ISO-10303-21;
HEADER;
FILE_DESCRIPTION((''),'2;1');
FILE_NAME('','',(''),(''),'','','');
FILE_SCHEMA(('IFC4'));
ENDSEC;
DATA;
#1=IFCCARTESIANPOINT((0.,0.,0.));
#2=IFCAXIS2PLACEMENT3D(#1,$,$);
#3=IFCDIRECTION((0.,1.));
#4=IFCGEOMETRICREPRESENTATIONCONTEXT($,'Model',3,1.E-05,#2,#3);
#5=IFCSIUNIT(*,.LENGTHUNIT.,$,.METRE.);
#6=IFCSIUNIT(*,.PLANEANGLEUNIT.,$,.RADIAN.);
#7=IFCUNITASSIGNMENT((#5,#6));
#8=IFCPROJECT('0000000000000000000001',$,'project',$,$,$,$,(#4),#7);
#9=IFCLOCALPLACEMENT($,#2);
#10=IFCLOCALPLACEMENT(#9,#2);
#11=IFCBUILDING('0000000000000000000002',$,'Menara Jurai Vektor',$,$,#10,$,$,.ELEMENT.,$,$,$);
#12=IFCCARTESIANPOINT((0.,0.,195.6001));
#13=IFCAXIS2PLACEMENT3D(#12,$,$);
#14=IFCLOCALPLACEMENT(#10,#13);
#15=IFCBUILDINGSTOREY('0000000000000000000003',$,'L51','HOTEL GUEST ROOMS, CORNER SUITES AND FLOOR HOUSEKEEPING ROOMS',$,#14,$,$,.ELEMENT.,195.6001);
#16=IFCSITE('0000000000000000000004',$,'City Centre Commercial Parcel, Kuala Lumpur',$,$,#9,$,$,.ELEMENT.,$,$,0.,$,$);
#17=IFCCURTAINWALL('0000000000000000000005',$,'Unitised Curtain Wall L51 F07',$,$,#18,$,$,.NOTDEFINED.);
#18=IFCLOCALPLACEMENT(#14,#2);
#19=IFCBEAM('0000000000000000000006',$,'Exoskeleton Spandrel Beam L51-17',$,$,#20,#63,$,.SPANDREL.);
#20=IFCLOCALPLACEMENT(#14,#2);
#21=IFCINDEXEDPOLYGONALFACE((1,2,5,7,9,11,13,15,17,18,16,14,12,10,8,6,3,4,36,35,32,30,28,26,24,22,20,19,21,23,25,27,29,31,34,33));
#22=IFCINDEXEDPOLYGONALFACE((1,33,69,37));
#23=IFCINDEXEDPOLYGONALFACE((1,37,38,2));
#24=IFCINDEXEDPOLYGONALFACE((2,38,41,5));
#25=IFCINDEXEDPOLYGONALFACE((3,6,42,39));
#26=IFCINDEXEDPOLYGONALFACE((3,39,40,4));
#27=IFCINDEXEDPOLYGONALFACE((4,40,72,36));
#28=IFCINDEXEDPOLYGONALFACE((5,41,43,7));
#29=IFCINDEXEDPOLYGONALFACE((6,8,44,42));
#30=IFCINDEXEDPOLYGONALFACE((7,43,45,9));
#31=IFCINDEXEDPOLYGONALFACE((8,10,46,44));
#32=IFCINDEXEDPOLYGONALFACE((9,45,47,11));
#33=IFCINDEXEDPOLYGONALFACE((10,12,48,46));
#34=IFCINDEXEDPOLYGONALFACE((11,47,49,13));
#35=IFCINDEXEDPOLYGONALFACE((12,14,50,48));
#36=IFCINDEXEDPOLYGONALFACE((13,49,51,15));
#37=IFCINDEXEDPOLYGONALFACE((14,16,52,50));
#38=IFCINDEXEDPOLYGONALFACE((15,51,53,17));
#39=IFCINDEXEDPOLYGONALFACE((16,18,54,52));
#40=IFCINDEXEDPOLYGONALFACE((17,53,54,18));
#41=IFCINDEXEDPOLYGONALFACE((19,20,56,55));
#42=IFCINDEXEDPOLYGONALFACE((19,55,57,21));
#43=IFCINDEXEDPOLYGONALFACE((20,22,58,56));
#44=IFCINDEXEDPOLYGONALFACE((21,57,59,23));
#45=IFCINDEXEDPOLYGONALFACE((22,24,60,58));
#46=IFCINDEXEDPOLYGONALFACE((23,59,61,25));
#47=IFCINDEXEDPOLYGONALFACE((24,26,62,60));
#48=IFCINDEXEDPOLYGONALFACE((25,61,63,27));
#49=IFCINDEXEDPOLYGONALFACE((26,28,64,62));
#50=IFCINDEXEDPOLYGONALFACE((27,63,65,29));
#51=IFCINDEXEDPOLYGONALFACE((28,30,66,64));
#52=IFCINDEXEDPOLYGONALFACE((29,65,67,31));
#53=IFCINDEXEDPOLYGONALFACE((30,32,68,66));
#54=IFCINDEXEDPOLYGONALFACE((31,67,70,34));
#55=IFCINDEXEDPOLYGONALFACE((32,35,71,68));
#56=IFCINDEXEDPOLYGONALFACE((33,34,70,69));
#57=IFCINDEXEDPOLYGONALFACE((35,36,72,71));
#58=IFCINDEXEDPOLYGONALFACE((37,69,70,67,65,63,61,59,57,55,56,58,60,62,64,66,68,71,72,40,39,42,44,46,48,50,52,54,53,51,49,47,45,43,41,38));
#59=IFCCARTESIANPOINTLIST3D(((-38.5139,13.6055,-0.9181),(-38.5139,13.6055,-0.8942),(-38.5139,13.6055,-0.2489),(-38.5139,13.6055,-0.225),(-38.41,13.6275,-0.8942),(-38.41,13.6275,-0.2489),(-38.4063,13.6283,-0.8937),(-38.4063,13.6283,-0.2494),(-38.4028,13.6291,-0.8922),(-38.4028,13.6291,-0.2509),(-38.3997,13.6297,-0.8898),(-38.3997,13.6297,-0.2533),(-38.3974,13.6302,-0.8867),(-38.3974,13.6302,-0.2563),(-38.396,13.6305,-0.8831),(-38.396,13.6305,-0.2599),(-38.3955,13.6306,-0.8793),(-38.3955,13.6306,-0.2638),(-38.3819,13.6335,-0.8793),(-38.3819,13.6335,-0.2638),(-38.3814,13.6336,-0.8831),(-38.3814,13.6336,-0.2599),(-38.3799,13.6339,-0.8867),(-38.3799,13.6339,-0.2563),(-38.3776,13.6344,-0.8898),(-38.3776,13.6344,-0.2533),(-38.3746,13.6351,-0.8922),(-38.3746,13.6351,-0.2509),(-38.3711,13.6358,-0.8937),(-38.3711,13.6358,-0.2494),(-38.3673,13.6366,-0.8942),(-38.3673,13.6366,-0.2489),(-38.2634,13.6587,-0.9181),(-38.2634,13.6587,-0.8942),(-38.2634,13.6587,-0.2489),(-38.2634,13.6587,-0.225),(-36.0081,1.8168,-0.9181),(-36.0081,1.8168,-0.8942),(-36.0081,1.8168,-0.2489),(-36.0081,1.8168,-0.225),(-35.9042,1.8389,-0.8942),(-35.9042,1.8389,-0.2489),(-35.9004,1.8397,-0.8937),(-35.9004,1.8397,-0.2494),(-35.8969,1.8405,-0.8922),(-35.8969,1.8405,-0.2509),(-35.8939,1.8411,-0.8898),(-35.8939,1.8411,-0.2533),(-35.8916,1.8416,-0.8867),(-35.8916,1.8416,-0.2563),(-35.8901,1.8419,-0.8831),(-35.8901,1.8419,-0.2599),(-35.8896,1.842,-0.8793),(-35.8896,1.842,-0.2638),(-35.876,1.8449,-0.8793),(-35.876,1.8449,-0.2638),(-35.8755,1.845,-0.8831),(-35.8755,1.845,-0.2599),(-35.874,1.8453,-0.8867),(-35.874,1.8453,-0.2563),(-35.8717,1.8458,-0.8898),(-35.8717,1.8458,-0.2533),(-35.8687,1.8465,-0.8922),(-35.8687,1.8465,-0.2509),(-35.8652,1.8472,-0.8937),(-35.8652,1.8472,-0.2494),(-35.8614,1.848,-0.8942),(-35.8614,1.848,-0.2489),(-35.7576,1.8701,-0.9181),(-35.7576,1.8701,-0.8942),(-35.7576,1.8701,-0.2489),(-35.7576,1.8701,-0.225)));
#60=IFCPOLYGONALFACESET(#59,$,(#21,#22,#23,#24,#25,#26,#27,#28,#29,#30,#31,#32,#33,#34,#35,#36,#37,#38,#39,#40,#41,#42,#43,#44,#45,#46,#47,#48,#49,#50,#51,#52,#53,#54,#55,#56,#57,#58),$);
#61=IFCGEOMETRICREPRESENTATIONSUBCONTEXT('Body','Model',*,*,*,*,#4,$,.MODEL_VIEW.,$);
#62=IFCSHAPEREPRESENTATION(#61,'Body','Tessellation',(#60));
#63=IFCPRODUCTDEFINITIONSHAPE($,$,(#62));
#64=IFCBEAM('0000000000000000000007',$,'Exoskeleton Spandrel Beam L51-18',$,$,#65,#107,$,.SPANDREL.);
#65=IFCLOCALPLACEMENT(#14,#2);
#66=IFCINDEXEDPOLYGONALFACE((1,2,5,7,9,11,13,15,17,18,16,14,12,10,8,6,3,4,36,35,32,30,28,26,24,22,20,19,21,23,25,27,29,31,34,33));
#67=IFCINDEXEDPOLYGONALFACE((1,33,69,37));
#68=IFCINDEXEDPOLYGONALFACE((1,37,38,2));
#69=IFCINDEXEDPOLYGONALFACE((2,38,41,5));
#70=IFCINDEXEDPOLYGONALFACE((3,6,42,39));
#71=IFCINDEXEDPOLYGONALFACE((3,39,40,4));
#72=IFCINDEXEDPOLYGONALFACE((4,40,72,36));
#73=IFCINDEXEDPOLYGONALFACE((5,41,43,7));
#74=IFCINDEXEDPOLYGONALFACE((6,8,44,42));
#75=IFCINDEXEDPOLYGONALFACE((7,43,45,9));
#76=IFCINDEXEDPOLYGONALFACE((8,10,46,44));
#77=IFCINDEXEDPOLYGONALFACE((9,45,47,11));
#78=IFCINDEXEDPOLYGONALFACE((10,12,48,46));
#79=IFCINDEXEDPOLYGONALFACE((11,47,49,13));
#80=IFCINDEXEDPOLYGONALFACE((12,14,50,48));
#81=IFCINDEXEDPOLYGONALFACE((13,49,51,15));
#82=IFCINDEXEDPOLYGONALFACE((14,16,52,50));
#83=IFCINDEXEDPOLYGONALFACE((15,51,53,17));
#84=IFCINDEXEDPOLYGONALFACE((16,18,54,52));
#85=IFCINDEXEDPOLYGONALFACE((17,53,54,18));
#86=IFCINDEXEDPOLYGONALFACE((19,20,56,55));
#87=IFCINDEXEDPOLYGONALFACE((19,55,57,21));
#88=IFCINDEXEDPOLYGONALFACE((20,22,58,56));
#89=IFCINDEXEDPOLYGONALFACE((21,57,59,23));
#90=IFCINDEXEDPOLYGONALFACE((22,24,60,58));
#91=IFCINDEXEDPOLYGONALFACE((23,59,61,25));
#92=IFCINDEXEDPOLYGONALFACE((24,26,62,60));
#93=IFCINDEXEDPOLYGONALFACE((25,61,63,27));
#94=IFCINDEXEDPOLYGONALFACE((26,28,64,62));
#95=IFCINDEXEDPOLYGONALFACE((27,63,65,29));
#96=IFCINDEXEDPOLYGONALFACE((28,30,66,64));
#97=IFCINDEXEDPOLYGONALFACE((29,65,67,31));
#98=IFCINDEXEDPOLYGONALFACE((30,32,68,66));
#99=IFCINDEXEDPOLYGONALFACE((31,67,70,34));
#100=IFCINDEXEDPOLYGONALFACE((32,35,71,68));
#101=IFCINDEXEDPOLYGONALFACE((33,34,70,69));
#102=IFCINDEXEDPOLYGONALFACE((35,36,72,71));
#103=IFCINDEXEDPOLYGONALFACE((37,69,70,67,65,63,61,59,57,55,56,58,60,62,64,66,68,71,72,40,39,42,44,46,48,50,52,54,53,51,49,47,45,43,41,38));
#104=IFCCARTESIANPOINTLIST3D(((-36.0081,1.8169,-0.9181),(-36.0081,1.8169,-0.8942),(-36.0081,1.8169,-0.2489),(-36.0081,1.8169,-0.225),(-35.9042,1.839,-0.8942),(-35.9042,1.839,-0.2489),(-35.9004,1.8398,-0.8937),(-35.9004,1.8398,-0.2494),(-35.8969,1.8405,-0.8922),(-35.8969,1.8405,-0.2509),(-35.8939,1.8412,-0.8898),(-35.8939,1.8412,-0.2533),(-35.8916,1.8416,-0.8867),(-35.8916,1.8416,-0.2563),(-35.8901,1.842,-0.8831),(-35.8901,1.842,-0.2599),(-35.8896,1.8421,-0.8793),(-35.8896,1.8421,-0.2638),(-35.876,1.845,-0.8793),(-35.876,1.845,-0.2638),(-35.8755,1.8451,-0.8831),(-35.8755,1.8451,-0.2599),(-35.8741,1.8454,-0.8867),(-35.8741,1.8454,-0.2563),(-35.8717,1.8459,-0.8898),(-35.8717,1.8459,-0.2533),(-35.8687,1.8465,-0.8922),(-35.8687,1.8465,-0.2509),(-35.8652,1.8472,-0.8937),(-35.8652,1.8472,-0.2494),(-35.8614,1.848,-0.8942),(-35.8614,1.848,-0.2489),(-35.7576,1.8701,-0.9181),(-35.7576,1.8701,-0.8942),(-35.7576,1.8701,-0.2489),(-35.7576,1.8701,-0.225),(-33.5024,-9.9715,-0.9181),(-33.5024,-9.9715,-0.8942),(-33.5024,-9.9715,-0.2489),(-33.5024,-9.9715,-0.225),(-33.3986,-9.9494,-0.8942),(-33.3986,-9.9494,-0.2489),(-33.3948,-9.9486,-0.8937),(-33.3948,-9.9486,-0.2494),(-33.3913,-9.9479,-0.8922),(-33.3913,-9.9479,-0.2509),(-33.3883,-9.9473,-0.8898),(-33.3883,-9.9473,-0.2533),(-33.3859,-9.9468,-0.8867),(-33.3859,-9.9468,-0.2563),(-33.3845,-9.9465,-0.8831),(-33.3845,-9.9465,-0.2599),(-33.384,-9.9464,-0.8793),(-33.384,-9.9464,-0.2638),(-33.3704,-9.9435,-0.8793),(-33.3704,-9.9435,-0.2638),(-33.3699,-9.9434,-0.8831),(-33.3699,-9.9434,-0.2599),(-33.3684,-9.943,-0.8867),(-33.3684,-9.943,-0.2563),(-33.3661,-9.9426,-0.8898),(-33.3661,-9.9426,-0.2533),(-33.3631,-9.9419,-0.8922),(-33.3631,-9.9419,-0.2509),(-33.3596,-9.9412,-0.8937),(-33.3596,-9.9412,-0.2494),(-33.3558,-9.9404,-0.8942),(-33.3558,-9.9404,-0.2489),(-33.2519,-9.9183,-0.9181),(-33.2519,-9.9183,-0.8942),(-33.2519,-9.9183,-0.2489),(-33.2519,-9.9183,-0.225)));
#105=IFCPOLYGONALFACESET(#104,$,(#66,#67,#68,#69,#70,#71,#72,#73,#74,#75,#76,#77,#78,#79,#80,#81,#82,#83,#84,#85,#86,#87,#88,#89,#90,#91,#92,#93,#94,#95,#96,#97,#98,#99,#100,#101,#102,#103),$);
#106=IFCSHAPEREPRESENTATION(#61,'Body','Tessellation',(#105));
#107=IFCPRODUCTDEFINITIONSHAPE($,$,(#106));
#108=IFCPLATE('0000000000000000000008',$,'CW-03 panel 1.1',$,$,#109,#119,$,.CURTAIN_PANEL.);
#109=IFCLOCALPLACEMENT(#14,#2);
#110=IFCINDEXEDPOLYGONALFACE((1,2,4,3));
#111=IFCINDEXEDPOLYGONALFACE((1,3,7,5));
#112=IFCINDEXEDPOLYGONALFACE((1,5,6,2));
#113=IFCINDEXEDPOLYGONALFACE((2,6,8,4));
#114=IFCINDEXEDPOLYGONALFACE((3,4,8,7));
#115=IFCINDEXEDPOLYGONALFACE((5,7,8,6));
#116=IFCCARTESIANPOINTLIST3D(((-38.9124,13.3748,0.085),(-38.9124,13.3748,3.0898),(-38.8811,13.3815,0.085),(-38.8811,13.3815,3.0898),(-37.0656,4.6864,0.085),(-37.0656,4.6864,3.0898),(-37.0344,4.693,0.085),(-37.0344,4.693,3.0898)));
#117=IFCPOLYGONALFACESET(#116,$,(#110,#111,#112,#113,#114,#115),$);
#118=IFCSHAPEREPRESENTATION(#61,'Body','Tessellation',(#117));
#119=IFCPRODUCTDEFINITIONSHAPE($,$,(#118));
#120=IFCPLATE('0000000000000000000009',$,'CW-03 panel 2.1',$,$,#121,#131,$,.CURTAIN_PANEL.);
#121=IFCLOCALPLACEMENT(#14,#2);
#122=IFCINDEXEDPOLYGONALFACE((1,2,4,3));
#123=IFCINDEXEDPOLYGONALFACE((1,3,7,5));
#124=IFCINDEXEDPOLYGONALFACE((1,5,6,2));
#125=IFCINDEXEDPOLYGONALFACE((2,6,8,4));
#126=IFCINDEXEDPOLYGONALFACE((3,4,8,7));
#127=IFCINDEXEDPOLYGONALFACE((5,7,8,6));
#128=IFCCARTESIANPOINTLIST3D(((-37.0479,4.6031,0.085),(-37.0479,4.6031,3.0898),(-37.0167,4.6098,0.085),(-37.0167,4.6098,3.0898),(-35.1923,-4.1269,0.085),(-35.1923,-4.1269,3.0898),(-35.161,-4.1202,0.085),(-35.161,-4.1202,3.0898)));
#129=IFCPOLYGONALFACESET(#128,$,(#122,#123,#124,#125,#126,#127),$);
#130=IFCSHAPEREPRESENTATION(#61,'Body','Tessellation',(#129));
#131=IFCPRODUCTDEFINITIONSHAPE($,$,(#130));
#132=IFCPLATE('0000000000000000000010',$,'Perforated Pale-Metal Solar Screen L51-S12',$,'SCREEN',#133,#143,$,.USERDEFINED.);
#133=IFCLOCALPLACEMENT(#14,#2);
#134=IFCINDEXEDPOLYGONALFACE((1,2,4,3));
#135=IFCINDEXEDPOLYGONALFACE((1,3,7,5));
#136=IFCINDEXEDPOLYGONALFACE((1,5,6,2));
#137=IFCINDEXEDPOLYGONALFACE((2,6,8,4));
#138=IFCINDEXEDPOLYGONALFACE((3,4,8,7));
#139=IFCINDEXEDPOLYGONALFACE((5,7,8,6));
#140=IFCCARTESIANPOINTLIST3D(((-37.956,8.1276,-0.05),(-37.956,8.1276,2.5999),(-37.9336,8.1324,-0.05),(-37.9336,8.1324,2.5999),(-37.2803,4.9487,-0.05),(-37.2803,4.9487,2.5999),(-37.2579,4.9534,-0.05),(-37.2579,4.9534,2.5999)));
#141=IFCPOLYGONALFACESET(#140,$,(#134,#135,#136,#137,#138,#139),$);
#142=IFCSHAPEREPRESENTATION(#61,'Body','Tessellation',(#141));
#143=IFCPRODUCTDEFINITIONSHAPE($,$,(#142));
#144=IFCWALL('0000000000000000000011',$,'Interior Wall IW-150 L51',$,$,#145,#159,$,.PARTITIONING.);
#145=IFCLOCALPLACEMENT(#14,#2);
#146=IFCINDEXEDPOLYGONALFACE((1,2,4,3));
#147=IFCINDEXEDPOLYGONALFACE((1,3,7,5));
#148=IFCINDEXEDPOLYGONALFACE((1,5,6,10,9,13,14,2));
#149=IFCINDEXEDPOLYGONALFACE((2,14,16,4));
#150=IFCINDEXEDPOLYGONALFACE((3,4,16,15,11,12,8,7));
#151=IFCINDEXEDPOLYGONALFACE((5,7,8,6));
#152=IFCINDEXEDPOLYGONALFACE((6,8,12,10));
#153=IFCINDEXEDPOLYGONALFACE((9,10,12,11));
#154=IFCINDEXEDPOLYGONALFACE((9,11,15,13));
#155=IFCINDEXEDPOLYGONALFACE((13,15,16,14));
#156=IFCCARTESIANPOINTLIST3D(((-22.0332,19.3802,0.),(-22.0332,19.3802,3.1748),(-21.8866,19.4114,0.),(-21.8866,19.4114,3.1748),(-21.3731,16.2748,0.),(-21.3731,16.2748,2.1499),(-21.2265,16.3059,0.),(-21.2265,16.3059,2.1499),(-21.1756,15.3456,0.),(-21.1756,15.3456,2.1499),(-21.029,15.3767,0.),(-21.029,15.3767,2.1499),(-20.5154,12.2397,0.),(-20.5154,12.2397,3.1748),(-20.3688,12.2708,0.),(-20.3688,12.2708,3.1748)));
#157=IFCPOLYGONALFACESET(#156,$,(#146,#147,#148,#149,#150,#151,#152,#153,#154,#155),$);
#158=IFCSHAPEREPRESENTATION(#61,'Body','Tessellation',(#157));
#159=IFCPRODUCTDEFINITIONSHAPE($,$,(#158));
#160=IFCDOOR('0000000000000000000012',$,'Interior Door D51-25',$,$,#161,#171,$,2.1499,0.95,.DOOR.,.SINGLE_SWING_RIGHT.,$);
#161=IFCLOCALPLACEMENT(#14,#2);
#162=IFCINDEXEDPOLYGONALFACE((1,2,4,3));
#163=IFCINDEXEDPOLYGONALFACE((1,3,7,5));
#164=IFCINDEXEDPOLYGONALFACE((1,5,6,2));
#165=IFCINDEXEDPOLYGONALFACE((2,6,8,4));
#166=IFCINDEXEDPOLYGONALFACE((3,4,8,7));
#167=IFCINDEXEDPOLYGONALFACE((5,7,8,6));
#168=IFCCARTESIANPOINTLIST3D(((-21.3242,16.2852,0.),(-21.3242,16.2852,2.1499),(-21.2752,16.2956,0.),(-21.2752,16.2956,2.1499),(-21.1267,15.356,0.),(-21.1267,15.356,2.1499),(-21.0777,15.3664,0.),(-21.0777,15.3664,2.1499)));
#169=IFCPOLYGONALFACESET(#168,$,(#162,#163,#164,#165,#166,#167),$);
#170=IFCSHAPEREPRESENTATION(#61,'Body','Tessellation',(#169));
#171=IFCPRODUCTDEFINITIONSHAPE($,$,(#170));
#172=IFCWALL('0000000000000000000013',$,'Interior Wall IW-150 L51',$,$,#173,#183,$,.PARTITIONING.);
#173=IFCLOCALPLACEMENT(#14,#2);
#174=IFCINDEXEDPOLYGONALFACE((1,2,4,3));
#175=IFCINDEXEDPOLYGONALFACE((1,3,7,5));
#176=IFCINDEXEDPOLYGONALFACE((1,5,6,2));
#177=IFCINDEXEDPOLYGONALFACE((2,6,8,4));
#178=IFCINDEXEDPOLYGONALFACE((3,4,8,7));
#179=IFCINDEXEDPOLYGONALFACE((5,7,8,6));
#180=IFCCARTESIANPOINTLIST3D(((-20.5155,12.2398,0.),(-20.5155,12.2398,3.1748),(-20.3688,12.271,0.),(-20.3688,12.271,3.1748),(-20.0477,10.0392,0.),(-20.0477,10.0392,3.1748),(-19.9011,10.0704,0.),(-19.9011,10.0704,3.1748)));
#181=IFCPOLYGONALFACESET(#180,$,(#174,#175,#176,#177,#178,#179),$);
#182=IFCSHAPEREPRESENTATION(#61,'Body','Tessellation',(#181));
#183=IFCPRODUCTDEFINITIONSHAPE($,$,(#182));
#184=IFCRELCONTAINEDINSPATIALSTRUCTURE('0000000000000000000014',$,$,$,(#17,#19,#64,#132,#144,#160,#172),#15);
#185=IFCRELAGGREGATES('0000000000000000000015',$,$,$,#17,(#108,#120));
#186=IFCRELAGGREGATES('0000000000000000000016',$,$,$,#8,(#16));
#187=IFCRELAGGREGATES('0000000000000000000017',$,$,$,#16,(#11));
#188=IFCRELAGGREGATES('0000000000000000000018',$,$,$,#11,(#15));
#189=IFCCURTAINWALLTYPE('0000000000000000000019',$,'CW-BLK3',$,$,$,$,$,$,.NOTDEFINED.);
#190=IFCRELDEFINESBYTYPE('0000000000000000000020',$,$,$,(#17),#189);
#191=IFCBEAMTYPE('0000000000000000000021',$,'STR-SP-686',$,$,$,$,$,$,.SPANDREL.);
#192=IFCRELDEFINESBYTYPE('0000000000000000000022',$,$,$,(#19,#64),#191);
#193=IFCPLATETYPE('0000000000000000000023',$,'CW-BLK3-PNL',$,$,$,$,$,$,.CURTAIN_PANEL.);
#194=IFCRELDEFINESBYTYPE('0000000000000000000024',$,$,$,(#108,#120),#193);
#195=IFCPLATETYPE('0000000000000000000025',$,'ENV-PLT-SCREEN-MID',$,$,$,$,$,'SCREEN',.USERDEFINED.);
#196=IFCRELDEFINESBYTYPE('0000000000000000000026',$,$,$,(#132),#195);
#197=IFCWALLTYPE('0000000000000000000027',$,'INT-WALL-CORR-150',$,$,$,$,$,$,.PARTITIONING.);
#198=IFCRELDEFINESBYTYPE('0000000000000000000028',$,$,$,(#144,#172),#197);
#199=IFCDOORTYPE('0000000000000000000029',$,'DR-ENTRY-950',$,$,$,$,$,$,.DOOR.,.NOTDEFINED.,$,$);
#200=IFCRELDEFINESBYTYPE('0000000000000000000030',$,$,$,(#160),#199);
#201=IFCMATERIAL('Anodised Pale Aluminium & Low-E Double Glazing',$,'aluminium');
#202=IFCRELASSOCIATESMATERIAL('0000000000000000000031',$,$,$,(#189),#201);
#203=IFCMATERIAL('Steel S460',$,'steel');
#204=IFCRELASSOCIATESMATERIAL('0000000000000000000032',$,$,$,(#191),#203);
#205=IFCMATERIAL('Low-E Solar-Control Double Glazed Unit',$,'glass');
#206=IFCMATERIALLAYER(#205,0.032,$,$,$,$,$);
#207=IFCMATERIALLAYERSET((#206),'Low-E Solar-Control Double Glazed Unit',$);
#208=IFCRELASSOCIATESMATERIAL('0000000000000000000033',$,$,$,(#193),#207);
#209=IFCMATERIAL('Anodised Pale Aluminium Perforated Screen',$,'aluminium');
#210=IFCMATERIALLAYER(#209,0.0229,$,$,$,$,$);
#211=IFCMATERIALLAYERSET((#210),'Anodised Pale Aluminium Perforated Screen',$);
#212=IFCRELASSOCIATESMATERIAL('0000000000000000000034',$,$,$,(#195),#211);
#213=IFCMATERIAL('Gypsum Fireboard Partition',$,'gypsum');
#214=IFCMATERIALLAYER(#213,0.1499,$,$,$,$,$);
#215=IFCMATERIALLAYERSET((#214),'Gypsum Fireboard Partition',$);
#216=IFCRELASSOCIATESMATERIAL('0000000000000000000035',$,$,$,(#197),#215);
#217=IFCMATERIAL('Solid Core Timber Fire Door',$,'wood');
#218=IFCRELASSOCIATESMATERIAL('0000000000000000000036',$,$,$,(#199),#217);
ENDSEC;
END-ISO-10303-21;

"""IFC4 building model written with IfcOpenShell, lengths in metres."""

from ifc_helpers import new_model, si_unit, direction, frame, frame_2d, origin, origin_2d, place, context, subcontext, project, spatial, rectangle, i_section, extrude, material, layer, layer_set, material_profile, profile_set, type_object, element, fill, aggregate, save


model = new_model("IFC4")

# Units and contexts
model_context = context("Model", 3, precision=1e-05, world=origin(), true_north=direction((0.0, 1.0)))
body_context = subcontext(model_context, "Body", "Model", "MODEL_VIEW")
ifc_project = project(units=[si_unit("LENGTHUNIT", "METRE"), si_unit("PLANEANGLEUNIT", "RADIAN")], contexts=[model_context])

# Site, building, storey
site_placement = place(None, origin())
site = spatial("IfcSite", under=ifc_project, at=site_placement, Name="City Centre Commercial Parcel, Kuala Lumpur", CompositionType="ELEMENT", RefElevation=0.0)
building_placement = place(site_placement, origin())
building = spatial("IfcBuilding", under=site, at=building_placement, Name="Menara Jurai Vektor", CompositionType="ELEMENT")
storey_placement = place(building_placement, frame((0.0, 0.0, 195.6001)))
storey = spatial("IfcBuildingStorey", under=building, at=storey_placement, Name="L51", Description="HOTEL GUEST ROOMS, CORNER SUITES AND FLOOR HOUSEKEEPING ROOMS", CompositionType="ELEMENT", Elevation=195.6001)

# Shared definitions
ifc_material_1 = material(Name="Steel S460", Category="steel")

# Curtain wall
ifc_material_2 = material(Name="Anodised Pale Aluminium & Low-E Double Glazing", Category="aluminium")
curtain_wall_type = type_object("IfcCurtainWallType", Name="CW-BLK3", PredefinedType="NOTDEFINED", material=ifc_material_2)
curtain_wall_placement = place(storey_placement, origin())
curtain_wall = element("IfcCurtainWall", 1, at=curtain_wall_placement, inside=storey, type_object=curtain_wall_type, Name="Unitised Curtain Wall L51 F07", PredefinedType="NOTDEFINED")

# Beams
ifc_material_profile_1 = material_profile(ifc_material_1, i_section(OverallWidth=0.2561, OverallDepth=0.6931, WebThickness=0.0139, FlangeThickness=0.0239, FilletRadius=0.0149, at=origin_2d()), Name="UKB 686x254x170")
ifc_profile_set_1 = profile_set([ifc_material_profile_1], Name="Steel S460")
beam_type_1 = type_object("IfcBeamType", Name="STR-SP-686", PredefinedType="SPANDREL", material=ifc_profile_set_1)
beam_1_placement = place(storey_placement, frame((-38.3887, 13.6321, -0.5715), z_axis=(0.207921, -0.978146, 0.0), x_axis=(0.978146, 0.207921, 0.0)))
element("IfcBeam", 2, at=beam_1_placement, inside=storey, type_object=beam_type_1, Name="Exoskeleton Spandrel Beam L51-17", PredefinedType="SPANDREL", context=body_context, shape_type="SweptSolid", body=[
    extrude(i_section(OverallWidth=0.2561, OverallDepth=0.6931, WebThickness=0.0139, FlangeThickness=0.0239, FilletRadius=0.0149, at=origin_2d()), origin(), (0.0, 0.0, 1.0), 12.052),
])
beam_2_placement = place(storey_placement, frame((-35.8828, 1.8435, -0.5715), z_axis=(0.207906, -0.978149, 0.0), x_axis=(0.978149, 0.207906, 0.0)))
element("IfcBeam", 3, at=beam_2_placement, inside=storey, type_object=beam_type_1, Name="Exoskeleton Spandrel Beam L51-18", PredefinedType="SPANDREL", context=body_context, shape_type="SweptSolid", body=[
    extrude(i_section(OverallWidth=0.2561, OverallDepth=0.6931, WebThickness=0.0139, FlangeThickness=0.0239, FilletRadius=0.0149, at=origin_2d()), origin(), (0.0, 0.0, 1.0), 12.0518),
])

# Plates
ifc_material_3 = material(Name="Low-E Solar-Control Double Glazed Unit", Category="glass")
ifc_layer_1 = layer(ifc_material_3, 0.032)
ifc_layer_set_1 = layer_set([ifc_layer_1], Name="Low-E Solar-Control Double Glazed Unit")
plate_type_1 = type_object("IfcPlateType", Name="CW-BLK3-PNL", PredefinedType="CURTAIN_PANEL", material=ifc_layer_set_1)
plate_1_placement = place(storey_placement, frame((-37.9734, 9.0339, 0.085), z_axis=(0.0, 0.0, 1.0), x_axis=(0.20791, -0.978148, 0.0)))
plate_1 = element("IfcPlate", 4, at=plate_1_placement, type_object=plate_type_1, Name="CW-03 panel 1.1", PredefinedType="CURTAIN_PANEL", context=body_context, shape_type="SweptSolid", body=[
    extrude(rectangle(XDim=8.8826, YDim=0.032, at=origin_2d()), origin(), (0.0, 0.0, 1.0), 3.0049),
])
plate_2_placement = place(storey_placement, frame((-36.1045, 0.2415, 0.085), z_axis=(0.0, 0.0, 1.0), x_axis=(0.20791, -0.978148, 0.0)))
plate_2 = element("IfcPlate", 5, at=plate_2_placement, type_object=plate_type_1, Name="CW-03 panel 2.1", PredefinedType="CURTAIN_PANEL", context=body_context, shape_type="SweptSolid", body=[
    extrude(rectangle(XDim=8.925, YDim=0.032, at=origin_2d()), origin(), (0.0, 0.0, 1.0), 3.0049),
])
aggregate(curtain_wall, [plate_1, plate_2])
ifc_material_4 = material(Name="Anodised Pale Aluminium Perforated Screen", Category="aluminium")
ifc_layer_2 = layer(ifc_material_4, 0.0229)
ifc_layer_set_2 = layer_set([ifc_layer_2], Name="Anodised Pale Aluminium Perforated Screen")
plate_type_2 = type_object("IfcPlateType", Name="ENV-PLT-SCREEN-MID", ElementType="SCREEN", PredefinedType="USERDEFINED", material=ifc_layer_set_2)
plate_3_placement = place(storey_placement, frame((-37.6069, 6.5405, -0.05), z_axis=(0.0, 0.0, 1.0), x_axis=(0.207912, -0.978148, 0.0)))
element("IfcPlate", 6, at=plate_3_placement, inside=storey, type_object=plate_type_2, Name="Perforated Pale-Metal Solar Screen L51-S12", ObjectType="SCREEN", PredefinedType="USERDEFINED", context=body_context, shape_type="SweptSolid", body=[
    extrude(rectangle(XDim=3.25, YDim=0.0229, at=origin_2d()), origin(), (0.0, 0.0, 1.0), 2.6499),
])

# Wall, opening, door
ifc_material_5 = material(Name="Gypsum Fireboard Partition", Category="gypsum")
ifc_layer_3 = layer(ifc_material_5, 0.1499)
ifc_layer_set_3 = layer_set([ifc_layer_3], Name="Gypsum Fireboard Partition")
wall_type_1 = type_object("IfcWallType", Name="INT-WALL-CORR-150", PredefinedType="PARTITIONING", material=ifc_layer_set_3)
wall_1_placement = place(storey_placement, frame((-20.4421, 12.2554, 0.0), z_axis=(0.0, 0.0, 1.0), x_axis=(-0.207916, 0.978147, 0.0)))
wall_1 = element("IfcWall", 7, at=wall_1_placement, inside=storey, type_object=wall_type_1, Name="Interior Wall IW-150 L51", PredefinedType="PARTITIONING", context=body_context, shape_type="SweptSolid", body=[
    extrude(rectangle(XDim=7.3, YDim=0.1499, at=frame_2d((3.6499, 0.0))), origin(), (0.0, 0.0, 1.0), 3.1748),
])
opening_1_placement = place(wall_1_placement, frame((3.175, 0.0, 0.0)))
opening_1 = element("IfcOpeningElement", 8, at=opening_1_placement, cuts=wall_1, PredefinedType="OPENING", context=body_context, shape_type="SweptSolid", body=[
    extrude(rectangle(XDim=0.95, YDim=2.1499, at=frame_2d((0.4751, 1.075))), frame((0.0, 0.085, 0.0), z_axis=(0.0, -1.0, 0.0), x_axis=(1.0, 0.0, 0.0)), (0.0, 0.0, 1.0), 0.1699),
])
ifc_material_6 = material(Name="Solid Core Timber Fire Door", Category="wood")
door_type_1 = type_object("IfcDoorType", Name="DR-ENTRY-950", OperationType="NOTDEFINED", PredefinedType="DOOR", material=ifc_material_6)
door_1_placement = place(opening_1_placement, origin())
door_1 = element("IfcDoor", 9, at=door_1_placement, inside=storey, type_object=door_type_1, Name="Interior Door D51-25", OperationType="SINGLE_SWING_RIGHT", OverallHeight=2.1499, OverallWidth=0.95, PredefinedType="DOOR", context=body_context, shape_type="SweptSolid", body=[
    extrude(rectangle(XDim=0.95, YDim=2.1499, at=frame_2d((0.4751, 1.075))), frame((0.0, 0.0249, 0.0), z_axis=(0.0, -1.0, 0.0), x_axis=(1.0, 0.0, 0.0)), (0.0, 0.0, 1.0), 0.05),
])
fill(opening_1, door_1)

# Wall
wall_2_placement = place(storey_placement, frame((-19.9744, 10.0547, 0.0), z_axis=(0.0, 0.0, 1.0), x_axis=(-0.207913, 0.978147, 0.0)))
element("IfcWall", 10, at=wall_2_placement, inside=storey, type_object=wall_type_1, Name="Interior Wall IW-150 L51", PredefinedType="PARTITIONING", context=body_context, shape_type="SweptSolid", body=[
    extrude(rectangle(XDim=2.2498, YDim=0.1499, at=frame_2d((1.125, 0.0))), origin(), (0.0, 0.0, 1.0), 3.1748),
])

save(model, "model.ifc")
